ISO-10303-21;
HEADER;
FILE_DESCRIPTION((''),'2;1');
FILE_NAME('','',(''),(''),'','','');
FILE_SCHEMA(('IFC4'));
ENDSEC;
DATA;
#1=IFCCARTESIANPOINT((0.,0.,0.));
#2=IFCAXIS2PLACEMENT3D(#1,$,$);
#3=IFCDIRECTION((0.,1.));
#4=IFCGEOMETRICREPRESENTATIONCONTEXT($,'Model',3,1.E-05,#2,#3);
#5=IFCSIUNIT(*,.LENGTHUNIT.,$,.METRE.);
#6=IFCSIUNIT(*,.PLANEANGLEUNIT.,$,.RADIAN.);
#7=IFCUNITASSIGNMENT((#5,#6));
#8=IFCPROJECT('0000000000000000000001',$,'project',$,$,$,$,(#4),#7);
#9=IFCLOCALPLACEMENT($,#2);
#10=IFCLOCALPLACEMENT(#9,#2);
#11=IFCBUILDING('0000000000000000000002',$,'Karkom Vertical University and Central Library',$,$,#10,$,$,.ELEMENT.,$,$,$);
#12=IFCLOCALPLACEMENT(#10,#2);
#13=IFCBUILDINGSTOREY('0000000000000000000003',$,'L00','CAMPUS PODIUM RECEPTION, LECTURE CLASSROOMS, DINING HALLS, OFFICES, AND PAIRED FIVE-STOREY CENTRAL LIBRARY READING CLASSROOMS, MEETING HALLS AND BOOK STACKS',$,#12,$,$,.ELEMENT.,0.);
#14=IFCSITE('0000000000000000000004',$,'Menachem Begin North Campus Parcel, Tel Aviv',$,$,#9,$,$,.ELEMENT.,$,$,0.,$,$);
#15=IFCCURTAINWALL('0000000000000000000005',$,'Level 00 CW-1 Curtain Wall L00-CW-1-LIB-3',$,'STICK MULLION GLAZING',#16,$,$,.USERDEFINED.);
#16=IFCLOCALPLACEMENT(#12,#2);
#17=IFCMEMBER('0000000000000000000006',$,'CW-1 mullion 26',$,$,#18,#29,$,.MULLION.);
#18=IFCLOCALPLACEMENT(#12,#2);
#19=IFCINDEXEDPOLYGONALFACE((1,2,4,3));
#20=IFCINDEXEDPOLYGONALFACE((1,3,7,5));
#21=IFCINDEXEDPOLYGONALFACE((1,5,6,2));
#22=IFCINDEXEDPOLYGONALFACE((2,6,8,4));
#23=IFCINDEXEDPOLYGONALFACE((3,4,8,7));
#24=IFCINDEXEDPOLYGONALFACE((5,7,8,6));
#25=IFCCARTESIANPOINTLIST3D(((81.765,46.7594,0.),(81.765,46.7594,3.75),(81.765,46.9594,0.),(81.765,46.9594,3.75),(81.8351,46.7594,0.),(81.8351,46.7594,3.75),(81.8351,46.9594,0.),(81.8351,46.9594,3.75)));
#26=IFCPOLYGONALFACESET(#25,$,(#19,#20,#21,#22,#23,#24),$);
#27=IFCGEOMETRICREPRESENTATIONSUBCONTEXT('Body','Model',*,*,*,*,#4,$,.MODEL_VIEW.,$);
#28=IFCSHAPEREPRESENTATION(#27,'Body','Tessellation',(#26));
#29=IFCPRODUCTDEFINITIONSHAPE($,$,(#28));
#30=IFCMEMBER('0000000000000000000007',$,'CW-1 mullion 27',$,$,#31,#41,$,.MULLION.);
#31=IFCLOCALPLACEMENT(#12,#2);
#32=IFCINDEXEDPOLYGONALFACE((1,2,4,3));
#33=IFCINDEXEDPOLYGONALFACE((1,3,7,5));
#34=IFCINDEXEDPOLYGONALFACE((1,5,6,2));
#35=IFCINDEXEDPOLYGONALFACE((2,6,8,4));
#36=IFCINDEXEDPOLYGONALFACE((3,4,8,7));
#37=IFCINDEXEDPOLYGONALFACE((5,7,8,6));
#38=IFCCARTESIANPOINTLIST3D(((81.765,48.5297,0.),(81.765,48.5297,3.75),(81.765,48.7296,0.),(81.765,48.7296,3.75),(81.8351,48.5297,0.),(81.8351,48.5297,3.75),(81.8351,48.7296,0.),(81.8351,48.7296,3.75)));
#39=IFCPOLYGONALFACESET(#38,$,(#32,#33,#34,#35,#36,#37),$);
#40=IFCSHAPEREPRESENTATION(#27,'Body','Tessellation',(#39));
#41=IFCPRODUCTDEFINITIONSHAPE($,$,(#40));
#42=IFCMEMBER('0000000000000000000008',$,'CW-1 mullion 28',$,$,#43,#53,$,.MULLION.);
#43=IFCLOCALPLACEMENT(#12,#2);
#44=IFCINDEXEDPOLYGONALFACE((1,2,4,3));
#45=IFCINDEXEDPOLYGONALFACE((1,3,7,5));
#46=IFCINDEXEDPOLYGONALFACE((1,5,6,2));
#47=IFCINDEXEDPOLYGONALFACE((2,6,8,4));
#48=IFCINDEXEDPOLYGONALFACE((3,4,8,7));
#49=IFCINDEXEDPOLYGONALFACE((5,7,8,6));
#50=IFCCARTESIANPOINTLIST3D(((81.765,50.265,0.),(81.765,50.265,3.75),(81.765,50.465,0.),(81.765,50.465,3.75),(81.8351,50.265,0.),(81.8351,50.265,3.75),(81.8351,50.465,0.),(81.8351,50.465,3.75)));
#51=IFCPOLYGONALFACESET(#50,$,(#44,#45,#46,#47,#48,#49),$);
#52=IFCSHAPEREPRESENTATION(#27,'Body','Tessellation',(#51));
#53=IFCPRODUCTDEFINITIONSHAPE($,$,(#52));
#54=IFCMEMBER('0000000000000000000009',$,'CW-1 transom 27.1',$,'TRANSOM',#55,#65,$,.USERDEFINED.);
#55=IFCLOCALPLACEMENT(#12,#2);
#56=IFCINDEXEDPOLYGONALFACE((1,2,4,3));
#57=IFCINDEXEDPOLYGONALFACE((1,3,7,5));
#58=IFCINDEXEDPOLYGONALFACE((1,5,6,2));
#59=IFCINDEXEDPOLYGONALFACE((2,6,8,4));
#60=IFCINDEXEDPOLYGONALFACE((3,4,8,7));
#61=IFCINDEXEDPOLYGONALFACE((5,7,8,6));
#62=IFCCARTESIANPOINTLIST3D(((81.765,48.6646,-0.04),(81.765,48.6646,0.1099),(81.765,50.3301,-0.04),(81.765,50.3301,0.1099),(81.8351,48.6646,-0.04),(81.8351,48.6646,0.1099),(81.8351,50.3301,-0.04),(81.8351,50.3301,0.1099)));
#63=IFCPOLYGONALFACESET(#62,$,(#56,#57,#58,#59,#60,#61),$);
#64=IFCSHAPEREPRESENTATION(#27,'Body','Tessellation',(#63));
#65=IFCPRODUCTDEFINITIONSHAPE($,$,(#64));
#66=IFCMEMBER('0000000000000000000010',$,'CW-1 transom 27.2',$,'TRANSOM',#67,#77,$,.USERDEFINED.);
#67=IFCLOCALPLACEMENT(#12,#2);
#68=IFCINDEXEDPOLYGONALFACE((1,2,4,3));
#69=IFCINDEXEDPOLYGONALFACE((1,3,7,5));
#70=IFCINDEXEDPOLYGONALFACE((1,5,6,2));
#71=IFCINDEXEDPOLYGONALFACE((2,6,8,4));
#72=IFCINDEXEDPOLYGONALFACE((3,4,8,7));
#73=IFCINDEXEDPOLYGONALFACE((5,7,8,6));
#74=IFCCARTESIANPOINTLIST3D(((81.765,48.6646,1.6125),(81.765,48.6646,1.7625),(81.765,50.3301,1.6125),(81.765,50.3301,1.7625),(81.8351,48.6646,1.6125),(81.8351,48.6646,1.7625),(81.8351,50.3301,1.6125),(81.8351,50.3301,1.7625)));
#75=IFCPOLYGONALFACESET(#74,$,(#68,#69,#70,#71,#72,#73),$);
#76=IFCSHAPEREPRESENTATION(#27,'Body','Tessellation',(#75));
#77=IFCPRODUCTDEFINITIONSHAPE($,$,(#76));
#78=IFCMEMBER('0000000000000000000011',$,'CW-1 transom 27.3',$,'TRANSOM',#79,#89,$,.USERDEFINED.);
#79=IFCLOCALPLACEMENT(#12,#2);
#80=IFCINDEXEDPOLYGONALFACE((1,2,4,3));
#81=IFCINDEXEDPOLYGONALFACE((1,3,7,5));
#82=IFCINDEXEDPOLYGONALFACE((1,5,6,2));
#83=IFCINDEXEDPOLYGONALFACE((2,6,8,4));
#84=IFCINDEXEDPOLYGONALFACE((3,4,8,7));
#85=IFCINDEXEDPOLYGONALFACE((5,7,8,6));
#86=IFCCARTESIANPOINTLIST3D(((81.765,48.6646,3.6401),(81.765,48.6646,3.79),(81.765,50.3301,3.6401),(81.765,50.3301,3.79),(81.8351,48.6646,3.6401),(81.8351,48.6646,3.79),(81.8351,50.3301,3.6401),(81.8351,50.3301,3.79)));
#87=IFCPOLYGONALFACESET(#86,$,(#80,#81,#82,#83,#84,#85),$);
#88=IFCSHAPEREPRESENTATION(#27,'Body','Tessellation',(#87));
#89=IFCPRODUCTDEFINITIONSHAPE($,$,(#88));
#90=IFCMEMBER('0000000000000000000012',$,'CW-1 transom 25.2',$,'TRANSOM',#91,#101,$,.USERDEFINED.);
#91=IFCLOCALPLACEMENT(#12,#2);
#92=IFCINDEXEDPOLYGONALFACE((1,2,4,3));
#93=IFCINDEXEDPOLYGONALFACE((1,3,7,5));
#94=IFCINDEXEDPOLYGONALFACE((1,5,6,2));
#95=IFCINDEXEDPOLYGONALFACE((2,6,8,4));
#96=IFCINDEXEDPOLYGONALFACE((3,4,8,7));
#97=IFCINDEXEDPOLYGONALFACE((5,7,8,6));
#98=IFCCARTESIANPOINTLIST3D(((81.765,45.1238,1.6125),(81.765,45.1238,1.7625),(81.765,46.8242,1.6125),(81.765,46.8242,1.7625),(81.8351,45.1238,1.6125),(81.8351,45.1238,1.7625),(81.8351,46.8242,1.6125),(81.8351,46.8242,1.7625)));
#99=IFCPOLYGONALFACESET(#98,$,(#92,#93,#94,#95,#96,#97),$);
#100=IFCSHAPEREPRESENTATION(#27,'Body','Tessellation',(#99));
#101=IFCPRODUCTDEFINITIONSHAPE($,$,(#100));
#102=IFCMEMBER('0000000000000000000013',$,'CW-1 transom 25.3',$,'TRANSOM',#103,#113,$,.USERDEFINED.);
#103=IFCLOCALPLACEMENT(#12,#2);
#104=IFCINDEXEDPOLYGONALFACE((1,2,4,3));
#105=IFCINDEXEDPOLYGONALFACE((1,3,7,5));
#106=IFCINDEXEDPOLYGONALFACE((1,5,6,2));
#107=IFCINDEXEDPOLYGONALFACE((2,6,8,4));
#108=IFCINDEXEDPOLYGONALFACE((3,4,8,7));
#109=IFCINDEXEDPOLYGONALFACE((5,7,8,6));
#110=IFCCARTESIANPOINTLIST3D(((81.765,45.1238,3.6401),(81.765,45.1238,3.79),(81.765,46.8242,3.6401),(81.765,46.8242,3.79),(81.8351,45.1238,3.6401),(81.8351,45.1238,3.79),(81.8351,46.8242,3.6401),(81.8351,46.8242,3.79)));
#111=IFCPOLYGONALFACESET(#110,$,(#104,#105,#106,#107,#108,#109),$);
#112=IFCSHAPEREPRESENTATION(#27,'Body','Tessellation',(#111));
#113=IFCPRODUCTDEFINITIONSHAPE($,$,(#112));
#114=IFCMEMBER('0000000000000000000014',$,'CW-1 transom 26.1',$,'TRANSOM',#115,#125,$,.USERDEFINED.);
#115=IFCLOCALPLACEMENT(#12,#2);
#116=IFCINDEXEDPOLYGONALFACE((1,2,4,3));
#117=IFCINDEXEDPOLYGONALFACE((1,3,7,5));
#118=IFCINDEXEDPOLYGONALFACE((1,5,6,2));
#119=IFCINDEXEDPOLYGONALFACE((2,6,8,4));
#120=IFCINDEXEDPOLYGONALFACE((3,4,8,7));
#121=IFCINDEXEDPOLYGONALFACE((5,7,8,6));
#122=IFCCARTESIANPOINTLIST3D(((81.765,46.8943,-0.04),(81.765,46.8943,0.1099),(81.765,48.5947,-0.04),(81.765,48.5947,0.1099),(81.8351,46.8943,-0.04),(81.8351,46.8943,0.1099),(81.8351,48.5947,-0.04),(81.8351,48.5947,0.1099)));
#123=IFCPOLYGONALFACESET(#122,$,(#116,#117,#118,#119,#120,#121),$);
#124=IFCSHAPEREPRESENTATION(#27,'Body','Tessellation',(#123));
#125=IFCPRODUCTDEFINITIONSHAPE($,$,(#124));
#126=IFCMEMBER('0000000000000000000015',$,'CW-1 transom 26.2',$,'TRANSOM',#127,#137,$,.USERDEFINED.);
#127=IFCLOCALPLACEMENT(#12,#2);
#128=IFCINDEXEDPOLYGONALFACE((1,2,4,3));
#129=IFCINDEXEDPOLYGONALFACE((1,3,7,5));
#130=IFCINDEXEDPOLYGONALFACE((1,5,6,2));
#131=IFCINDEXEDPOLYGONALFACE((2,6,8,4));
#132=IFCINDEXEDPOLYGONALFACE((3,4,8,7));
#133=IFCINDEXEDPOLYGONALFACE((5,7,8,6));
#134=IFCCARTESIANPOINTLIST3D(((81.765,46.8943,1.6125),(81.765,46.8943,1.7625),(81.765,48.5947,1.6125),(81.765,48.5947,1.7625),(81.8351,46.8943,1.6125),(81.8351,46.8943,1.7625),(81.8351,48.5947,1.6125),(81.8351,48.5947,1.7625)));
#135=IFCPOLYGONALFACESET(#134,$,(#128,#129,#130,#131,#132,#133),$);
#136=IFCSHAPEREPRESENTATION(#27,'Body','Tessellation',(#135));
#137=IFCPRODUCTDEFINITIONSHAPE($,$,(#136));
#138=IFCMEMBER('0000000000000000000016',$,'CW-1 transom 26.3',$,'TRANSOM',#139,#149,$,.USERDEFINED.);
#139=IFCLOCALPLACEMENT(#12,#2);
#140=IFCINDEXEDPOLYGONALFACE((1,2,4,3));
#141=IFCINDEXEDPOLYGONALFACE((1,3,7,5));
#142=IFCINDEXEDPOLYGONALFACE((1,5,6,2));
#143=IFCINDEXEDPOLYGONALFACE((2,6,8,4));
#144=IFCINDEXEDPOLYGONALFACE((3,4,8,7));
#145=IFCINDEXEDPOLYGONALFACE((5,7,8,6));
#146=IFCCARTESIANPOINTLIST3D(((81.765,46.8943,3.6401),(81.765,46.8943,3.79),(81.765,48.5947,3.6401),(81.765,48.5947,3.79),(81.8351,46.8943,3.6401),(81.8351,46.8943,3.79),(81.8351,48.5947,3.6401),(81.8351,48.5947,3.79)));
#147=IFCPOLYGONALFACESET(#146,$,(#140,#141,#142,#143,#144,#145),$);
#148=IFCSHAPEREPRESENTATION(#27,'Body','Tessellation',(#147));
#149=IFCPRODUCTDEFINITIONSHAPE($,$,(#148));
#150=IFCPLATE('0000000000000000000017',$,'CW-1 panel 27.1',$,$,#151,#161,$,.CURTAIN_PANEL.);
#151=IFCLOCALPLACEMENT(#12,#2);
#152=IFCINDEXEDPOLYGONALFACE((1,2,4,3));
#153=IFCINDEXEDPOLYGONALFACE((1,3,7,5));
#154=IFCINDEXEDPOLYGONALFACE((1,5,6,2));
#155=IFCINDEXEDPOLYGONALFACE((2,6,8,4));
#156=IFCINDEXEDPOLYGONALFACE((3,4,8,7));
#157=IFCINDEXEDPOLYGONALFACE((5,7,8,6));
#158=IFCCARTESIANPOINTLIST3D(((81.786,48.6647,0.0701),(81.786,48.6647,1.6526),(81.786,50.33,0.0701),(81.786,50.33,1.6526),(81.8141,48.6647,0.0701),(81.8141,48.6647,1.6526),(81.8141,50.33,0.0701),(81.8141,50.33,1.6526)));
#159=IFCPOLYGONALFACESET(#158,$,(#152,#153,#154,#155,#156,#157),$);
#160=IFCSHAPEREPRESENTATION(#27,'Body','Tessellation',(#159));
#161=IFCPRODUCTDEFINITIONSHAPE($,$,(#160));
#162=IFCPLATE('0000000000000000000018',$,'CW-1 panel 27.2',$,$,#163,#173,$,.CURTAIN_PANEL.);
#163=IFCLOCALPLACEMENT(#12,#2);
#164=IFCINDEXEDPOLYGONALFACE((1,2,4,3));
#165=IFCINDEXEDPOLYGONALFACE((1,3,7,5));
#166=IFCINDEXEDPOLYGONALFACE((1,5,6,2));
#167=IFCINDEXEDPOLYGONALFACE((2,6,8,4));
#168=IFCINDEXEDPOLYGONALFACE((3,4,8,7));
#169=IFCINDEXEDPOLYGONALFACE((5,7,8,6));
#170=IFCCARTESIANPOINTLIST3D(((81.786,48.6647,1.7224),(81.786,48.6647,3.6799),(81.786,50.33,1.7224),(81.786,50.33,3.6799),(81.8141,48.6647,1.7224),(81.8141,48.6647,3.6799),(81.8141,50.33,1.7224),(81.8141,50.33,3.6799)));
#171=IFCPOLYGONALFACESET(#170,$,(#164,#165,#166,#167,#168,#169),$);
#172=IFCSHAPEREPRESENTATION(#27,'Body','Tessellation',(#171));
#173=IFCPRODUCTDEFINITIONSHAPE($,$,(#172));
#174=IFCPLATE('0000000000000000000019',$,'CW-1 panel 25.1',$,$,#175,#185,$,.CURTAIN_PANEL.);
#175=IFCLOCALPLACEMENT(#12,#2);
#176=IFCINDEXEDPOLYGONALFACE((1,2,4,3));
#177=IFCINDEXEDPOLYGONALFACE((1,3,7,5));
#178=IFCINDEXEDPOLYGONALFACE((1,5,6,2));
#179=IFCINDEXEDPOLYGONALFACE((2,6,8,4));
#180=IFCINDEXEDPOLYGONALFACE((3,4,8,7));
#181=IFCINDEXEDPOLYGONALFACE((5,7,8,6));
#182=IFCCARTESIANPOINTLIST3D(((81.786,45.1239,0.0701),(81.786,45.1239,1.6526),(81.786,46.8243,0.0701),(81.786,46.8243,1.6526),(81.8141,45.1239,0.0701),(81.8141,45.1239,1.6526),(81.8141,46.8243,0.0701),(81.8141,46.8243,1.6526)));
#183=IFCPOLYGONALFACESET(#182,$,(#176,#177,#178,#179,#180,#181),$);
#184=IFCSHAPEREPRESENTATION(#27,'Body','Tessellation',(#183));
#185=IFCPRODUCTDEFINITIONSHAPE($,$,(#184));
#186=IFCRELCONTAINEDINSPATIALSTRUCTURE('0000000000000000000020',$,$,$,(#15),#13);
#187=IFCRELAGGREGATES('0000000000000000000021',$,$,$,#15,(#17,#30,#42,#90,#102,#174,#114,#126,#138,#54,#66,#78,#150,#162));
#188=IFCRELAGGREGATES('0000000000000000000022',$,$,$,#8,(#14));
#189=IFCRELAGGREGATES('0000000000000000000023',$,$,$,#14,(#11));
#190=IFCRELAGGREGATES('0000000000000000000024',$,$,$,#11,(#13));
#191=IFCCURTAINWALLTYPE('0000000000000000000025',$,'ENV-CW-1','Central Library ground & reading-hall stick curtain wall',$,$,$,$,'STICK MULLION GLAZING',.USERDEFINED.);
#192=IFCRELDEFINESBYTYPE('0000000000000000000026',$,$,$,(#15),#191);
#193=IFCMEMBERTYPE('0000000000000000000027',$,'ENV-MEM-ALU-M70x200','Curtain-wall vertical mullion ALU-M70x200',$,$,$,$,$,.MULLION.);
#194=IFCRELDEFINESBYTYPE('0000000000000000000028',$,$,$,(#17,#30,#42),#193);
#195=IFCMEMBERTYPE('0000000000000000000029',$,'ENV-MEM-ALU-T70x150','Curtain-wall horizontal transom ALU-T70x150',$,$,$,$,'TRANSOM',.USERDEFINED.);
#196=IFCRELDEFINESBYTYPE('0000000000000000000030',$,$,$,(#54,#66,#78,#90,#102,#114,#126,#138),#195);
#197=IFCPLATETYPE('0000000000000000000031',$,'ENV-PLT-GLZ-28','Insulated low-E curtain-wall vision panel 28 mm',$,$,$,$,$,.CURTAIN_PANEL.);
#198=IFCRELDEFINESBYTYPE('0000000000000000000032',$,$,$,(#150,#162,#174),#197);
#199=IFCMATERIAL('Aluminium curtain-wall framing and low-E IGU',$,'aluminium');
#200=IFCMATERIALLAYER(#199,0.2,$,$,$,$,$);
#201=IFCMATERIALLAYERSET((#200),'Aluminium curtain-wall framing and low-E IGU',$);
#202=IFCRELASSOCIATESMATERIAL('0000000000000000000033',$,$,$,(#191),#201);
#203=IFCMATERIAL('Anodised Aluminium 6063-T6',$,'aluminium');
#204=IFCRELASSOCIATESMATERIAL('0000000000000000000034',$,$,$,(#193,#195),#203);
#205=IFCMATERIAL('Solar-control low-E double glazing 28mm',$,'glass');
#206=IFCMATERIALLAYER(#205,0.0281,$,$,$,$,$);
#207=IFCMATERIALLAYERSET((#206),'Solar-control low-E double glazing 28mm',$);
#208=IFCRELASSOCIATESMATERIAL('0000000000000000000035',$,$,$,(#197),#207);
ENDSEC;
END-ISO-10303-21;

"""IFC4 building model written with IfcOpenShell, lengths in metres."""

from ifc_helpers import new_model, si_unit, direction, frame, origin, origin_with_axes, origin_2d, place, context, subcontext, project, spatial, rectangle, extrude, source, transform, mapped, material, layer, layer_set, material_profile, profile_set, type_object, element, aggregate, save


model = new_model("IFC4")

# Units and contexts
model_context = context("Model", 3, precision=1e-05, world=origin(), true_north=direction((0.0, 1.0)))
body_context = subcontext(model_context, "Body", "Model", "MODEL_VIEW")
ifc_project = project(units=[si_unit("LENGTHUNIT", "METRE"), si_unit("PLANEANGLEUNIT", "RADIAN")], contexts=[model_context])

# Site, building, storey
site_placement = place(None, origin())
site = spatial("IfcSite", under=ifc_project, at=site_placement, Name="Menachem Begin North Campus Parcel, Tel Aviv", CompositionType="ELEMENT", RefElevation=0.0)
building_placement = place(site_placement, origin())
building = spatial("IfcBuilding", under=site, at=building_placement, Name="Karkom Vertical University and Central Library", CompositionType="ELEMENT")
storey_placement = place(building_placement, origin())
storey = spatial("IfcBuildingStorey", under=building, at=storey_placement, Name="L00", Description="CAMPUS PODIUM RECEPTION, LECTURE CLASSROOMS, DINING HALLS, OFFICES, AND PAIRED FIVE-STOREY CENTRAL LIBRARY READING CLASSROOMS, MEETING HALLS AND BOOK STACKS", CompositionType="ELEMENT", Elevation=0.0)

# Curtain wall, members, plates
ifc_material_1 = material(Name="Aluminium curtain-wall framing and low-E IGU", Category="aluminium")
ifc_layer_1 = layer(ifc_material_1, 0.2)
ifc_layer_set_1 = layer_set([ifc_layer_1], Name="Aluminium curtain-wall framing and low-E IGU")
curtain_wall_type = type_object("IfcCurtainWallType", Name="ENV-CW-1", Description="Central Library ground & reading-hall stick curtain wall", ElementType="STICK MULLION GLAZING", PredefinedType="USERDEFINED", material=ifc_layer_set_1)
curtain_wall_placement = place(storey_placement, origin())
curtain_wall = element("IfcCurtainWall", 1, at=curtain_wall_placement, inside=storey, type_object=curtain_wall_type, Name="Level 00 CW-1 Curtain Wall L00-CW-1-LIB-3", ObjectType="STICK MULLION GLAZING", PredefinedType="USERDEFINED")
ifc_material_2 = material(Name="Anodised Aluminium 6063-T6", Category="aluminium")
ifc_material_profile_1 = material_profile(ifc_material_2, rectangle(XDim=0.0701, YDim=0.2, at=origin_2d()), Name="ALU-M70x200")
ifc_profile_set_1 = profile_set([ifc_material_profile_1], Name="Anodised Aluminium 6063-T6")
member_type_1 = type_object("IfcMemberType", Name="ENV-MEM-ALU-M70x200", Description="Curtain-wall vertical mullion ALU-M70x200", PredefinedType="MULLION", material=ifc_profile_set_1)
shared_shape_1 = source(origin_with_axes(), body_context, "Body", "SweptSolid", [
    extrude(rectangle(XDim=0.0701, YDim=0.2, at=origin_2d()), origin(), (0.0, 0.0, 1.0), 3.75),
])
member_1_placement = place(storey_placement, frame((81.8, 46.8594, 0.0), z_axis=(0.0, 0.0, 1.0), x_axis=(-1.0, 0.0, 0.0)))
member_1 = element("IfcMember", 2, at=member_1_placement, type_object=member_type_1, Name="CW-1 mullion 26", PredefinedType="MULLION", context=body_context, shape_type="MappedRepresentation", body=[
    mapped(shared_shape_1, transform((0.0, 0.0, 0.0), scale=1.0)),
])
member_2_placement = place(storey_placement, frame((81.8, 48.6296, 0.0), z_axis=(0.0, 0.0, 1.0), x_axis=(-1.0, 0.0, 0.0)))
member_2 = element("IfcMember", 3, at=member_2_placement, type_object=member_type_1, Name="CW-1 mullion 27", PredefinedType="MULLION", context=body_context, shape_type="MappedRepresentation", body=[
    mapped(shared_shape_1, transform((0.0, 0.0, 0.0), scale=1.0)),
])
member_3_placement = place(storey_placement, frame((81.8, 50.365, 0.0), z_axis=(0.0, 0.0, 1.0), x_axis=(-1.0, 0.0, 0.0)))
member_3 = element("IfcMember", 4, at=member_3_placement, type_object=member_type_1, Name="CW-1 mullion 28", PredefinedType="MULLION", context=body_context, shape_type="MappedRepresentation", body=[
    mapped(shared_shape_1, transform((0.0, 0.0, 0.0), scale=1.0)),
])
ifc_material_profile_2 = material_profile(ifc_material_2, rectangle(XDim=0.0701, YDim=0.1499, at=origin_2d()), Name="ALU-T70x150")
ifc_profile_set_2 = profile_set([ifc_material_profile_2], Name="Anodised Aluminium 6063-T6")
member_type_2 = type_object("IfcMemberType", Name="ENV-MEM-ALU-T70x150", Description="Curtain-wall horizontal transom ALU-T70x150", ElementType="TRANSOM", PredefinedType="USERDEFINED", material=ifc_profile_set_2)
shared_shape_2 = source(origin_with_axes(), body_context, "Body", "SweptSolid", [
    extrude(rectangle(XDim=0.0701, YDim=0.1499, at=origin_2d()), origin(), (0.0, 0.0, 1.0), 1.6655),
])
member_4_placement = place(storey_placement, frame((81.8, 48.6646, 0.0349), z_axis=(0.0, 1.0, 0.0), x_axis=(-1.0, 0.0, 0.0)))
member_4 = element("IfcMember", 5, at=member_4_placement, type_object=member_type_2, Name="CW-1 transom 27.1", ObjectType="TRANSOM", PredefinedType="USERDEFINED", context=body_context, shape_type="MappedRepresentation", body=[
    mapped(shared_shape_2, transform((0.0, 0.0, 0.0), scale=1.0)),
])
member_5_placement = place(storey_placement, frame((81.8, 48.6646, 1.6875), z_axis=(0.0, 1.0, 0.0), x_axis=(-1.0, 0.0, 0.0)))
member_5 = element("IfcMember", 6, at=member_5_placement, type_object=member_type_2, Name="CW-1 transom 27.2", ObjectType="TRANSOM", PredefinedType="USERDEFINED", context=body_context, shape_type="MappedRepresentation", body=[
    mapped(shared_shape_2, transform((0.0, 0.0, 0.0), scale=1.0)),
])
member_6_placement = place(storey_placement, frame((81.8, 48.6646, 3.7151), z_axis=(0.0, 1.0, 0.0), x_axis=(-1.0, 0.0, 0.0)))
member_6 = element("IfcMember", 7, at=member_6_placement, type_object=member_type_2, Name="CW-1 transom 27.3", ObjectType="TRANSOM", PredefinedType="USERDEFINED", context=body_context, shape_type="MappedRepresentation", body=[
    mapped(shared_shape_2, transform((0.0, 0.0, 0.0), scale=1.0)),
])
shared_shape_3 = source(origin_with_axes(), body_context, "Body", "SweptSolid", [
    extrude(rectangle(XDim=0.0701, YDim=0.1499, at=origin_2d()), origin(), (0.0, 0.0, 1.0), 1.7004),
])
member_7_placement = place(storey_placement, frame((81.8, 45.1238, 1.6875), z_axis=(0.0, 1.0, 0.0), x_axis=(-1.0, 0.0, 0.0)))
member_7 = element("IfcMember", 8, at=member_7_placement, type_object=member_type_2, Name="CW-1 transom 25.2", ObjectType="TRANSOM", PredefinedType="USERDEFINED", context=body_context, shape_type="MappedRepresentation", body=[
    mapped(shared_shape_3, transform((0.0, 0.0, 0.0), scale=1.0)),
])
member_8_placement = place(storey_placement, frame((81.8, 45.1238, 3.7151), z_axis=(0.0, 1.0, 0.0), x_axis=(-1.0, 0.0, 0.0)))
member_8 = element("IfcMember", 9, at=member_8_placement, type_object=member_type_2, Name="CW-1 transom 25.3", ObjectType="TRANSOM", PredefinedType="USERDEFINED", context=body_context, shape_type="MappedRepresentation", body=[
    mapped(shared_shape_3, transform((0.0, 0.0, 0.0), scale=1.0)),
])
member_9_placement = place(storey_placement, frame((81.8, 46.8943, 0.0349), z_axis=(0.0, 1.0, 0.0), x_axis=(-1.0, 0.0, 0.0)))
member_9 = element("IfcMember", 10, at=member_9_placement, type_object=member_type_2, Name="CW-1 transom 26.1", ObjectType="TRANSOM", PredefinedType="USERDEFINED", context=body_context, shape_type="MappedRepresentation", body=[
    mapped(shared_shape_3, transform((0.0, 0.0, 0.0), scale=1.0)),
])
member_10_placement = place(storey_placement, frame((81.8, 46.8943, 1.6875), z_axis=(0.0, 1.0, 0.0), x_axis=(-1.0, 0.0, 0.0)))
member_10 = element("IfcMember", 11, at=member_10_placement, type_object=member_type_2, Name="CW-1 transom 26.2", ObjectType="TRANSOM", PredefinedType="USERDEFINED", context=body_context, shape_type="MappedRepresentation", body=[
    mapped(shared_shape_3, transform((0.0, 0.0, 0.0), scale=1.0)),
])
member_11_placement = place(storey_placement, frame((81.8, 46.8943, 3.7151), z_axis=(0.0, 1.0, 0.0), x_axis=(-1.0, 0.0, 0.0)))
member_11 = element("IfcMember", 12, at=member_11_placement, type_object=member_type_2, Name="CW-1 transom 26.3", ObjectType="TRANSOM", PredefinedType="USERDEFINED", context=body_context, shape_type="MappedRepresentation", body=[
    mapped(shared_shape_3, transform((0.0, 0.0, 0.0), scale=1.0)),
])
ifc_material_3 = material(Name="Solar-control low-E double glazing 28mm", Category="glass")
ifc_layer_2 = layer(ifc_material_3, 0.0281)
ifc_layer_set_2 = layer_set([ifc_layer_2], Name="Solar-control low-E double glazing 28mm")
plate_type = type_object("IfcPlateType", Name="ENV-PLT-GLZ-28", Description="Insulated low-E curtain-wall vision panel 28 mm", PredefinedType="CURTAIN_PANEL", material=ifc_layer_set_2)
shared_shape_4 = source(origin_with_axes(), body_context, "Body", "SweptSolid", [
    extrude(rectangle(XDim=1.6653, YDim=0.0281, at=origin_2d()), origin(), (0.0, 0.0, 1.0), 1.5825),
])
plate_1_placement = place(storey_placement, frame((81.8, 49.4973, 0.0701), z_axis=(0.0, 0.0, 1.0), x_axis=(0.0, 1.0, 0.0)))
plate_1 = element("IfcPlate", 13, at=plate_1_placement, type_object=plate_type, Name="CW-1 panel 27.1", PredefinedType="CURTAIN_PANEL", context=body_context, shape_type="MappedRepresentation", body=[
    mapped(shared_shape_4, transform((0.0, 0.0, 0.0), scale=1.0)),
])
shared_shape_5 = source(origin_with_axes(), body_context, "Body", "SweptSolid", [
    extrude(rectangle(XDim=1.6653, YDim=0.0281, at=origin_2d()), origin(), (0.0, 0.0, 1.0), 1.9575),
])
plate_2_placement = place(storey_placement, frame((81.8, 49.4973, 1.7224), z_axis=(0.0, 0.0, 1.0), x_axis=(0.0, 1.0, 0.0)))
plate_2 = element("IfcPlate", 14, at=plate_2_placement, type_object=plate_type, Name="CW-1 panel 27.2", PredefinedType="CURTAIN_PANEL", context=body_context, shape_type="MappedRepresentation", body=[
    mapped(shared_shape_5, transform((0.0, 0.0, 0.0), scale=1.0)),
])
shared_shape_6 = source(origin_with_axes(), body_context, "Body", "SweptSolid", [
    extrude(rectangle(XDim=1.7004, YDim=0.0281, at=origin_2d()), origin(), (0.0, 0.0, 1.0), 1.5825),
])
plate_3_placement = place(storey_placement, frame((81.8, 45.9741, 0.0701), z_axis=(0.0, 0.0, 1.0), x_axis=(0.0, 1.0, 0.0)))
plate_3 = element("IfcPlate", 15, at=plate_3_placement, type_object=plate_type, Name="CW-1 panel 25.1", PredefinedType="CURTAIN_PANEL", context=body_context, shape_type="MappedRepresentation", body=[
    mapped(shared_shape_6, transform((0.0, 0.0, 0.0), scale=1.0)),
])
aggregate(curtain_wall, [member_1, member_2, member_3, member_7, member_8, plate_3, member_9, member_10, member_11, member_4, member_5, member_6, plate_1, plate_2])

save(model, "model.ifc")
